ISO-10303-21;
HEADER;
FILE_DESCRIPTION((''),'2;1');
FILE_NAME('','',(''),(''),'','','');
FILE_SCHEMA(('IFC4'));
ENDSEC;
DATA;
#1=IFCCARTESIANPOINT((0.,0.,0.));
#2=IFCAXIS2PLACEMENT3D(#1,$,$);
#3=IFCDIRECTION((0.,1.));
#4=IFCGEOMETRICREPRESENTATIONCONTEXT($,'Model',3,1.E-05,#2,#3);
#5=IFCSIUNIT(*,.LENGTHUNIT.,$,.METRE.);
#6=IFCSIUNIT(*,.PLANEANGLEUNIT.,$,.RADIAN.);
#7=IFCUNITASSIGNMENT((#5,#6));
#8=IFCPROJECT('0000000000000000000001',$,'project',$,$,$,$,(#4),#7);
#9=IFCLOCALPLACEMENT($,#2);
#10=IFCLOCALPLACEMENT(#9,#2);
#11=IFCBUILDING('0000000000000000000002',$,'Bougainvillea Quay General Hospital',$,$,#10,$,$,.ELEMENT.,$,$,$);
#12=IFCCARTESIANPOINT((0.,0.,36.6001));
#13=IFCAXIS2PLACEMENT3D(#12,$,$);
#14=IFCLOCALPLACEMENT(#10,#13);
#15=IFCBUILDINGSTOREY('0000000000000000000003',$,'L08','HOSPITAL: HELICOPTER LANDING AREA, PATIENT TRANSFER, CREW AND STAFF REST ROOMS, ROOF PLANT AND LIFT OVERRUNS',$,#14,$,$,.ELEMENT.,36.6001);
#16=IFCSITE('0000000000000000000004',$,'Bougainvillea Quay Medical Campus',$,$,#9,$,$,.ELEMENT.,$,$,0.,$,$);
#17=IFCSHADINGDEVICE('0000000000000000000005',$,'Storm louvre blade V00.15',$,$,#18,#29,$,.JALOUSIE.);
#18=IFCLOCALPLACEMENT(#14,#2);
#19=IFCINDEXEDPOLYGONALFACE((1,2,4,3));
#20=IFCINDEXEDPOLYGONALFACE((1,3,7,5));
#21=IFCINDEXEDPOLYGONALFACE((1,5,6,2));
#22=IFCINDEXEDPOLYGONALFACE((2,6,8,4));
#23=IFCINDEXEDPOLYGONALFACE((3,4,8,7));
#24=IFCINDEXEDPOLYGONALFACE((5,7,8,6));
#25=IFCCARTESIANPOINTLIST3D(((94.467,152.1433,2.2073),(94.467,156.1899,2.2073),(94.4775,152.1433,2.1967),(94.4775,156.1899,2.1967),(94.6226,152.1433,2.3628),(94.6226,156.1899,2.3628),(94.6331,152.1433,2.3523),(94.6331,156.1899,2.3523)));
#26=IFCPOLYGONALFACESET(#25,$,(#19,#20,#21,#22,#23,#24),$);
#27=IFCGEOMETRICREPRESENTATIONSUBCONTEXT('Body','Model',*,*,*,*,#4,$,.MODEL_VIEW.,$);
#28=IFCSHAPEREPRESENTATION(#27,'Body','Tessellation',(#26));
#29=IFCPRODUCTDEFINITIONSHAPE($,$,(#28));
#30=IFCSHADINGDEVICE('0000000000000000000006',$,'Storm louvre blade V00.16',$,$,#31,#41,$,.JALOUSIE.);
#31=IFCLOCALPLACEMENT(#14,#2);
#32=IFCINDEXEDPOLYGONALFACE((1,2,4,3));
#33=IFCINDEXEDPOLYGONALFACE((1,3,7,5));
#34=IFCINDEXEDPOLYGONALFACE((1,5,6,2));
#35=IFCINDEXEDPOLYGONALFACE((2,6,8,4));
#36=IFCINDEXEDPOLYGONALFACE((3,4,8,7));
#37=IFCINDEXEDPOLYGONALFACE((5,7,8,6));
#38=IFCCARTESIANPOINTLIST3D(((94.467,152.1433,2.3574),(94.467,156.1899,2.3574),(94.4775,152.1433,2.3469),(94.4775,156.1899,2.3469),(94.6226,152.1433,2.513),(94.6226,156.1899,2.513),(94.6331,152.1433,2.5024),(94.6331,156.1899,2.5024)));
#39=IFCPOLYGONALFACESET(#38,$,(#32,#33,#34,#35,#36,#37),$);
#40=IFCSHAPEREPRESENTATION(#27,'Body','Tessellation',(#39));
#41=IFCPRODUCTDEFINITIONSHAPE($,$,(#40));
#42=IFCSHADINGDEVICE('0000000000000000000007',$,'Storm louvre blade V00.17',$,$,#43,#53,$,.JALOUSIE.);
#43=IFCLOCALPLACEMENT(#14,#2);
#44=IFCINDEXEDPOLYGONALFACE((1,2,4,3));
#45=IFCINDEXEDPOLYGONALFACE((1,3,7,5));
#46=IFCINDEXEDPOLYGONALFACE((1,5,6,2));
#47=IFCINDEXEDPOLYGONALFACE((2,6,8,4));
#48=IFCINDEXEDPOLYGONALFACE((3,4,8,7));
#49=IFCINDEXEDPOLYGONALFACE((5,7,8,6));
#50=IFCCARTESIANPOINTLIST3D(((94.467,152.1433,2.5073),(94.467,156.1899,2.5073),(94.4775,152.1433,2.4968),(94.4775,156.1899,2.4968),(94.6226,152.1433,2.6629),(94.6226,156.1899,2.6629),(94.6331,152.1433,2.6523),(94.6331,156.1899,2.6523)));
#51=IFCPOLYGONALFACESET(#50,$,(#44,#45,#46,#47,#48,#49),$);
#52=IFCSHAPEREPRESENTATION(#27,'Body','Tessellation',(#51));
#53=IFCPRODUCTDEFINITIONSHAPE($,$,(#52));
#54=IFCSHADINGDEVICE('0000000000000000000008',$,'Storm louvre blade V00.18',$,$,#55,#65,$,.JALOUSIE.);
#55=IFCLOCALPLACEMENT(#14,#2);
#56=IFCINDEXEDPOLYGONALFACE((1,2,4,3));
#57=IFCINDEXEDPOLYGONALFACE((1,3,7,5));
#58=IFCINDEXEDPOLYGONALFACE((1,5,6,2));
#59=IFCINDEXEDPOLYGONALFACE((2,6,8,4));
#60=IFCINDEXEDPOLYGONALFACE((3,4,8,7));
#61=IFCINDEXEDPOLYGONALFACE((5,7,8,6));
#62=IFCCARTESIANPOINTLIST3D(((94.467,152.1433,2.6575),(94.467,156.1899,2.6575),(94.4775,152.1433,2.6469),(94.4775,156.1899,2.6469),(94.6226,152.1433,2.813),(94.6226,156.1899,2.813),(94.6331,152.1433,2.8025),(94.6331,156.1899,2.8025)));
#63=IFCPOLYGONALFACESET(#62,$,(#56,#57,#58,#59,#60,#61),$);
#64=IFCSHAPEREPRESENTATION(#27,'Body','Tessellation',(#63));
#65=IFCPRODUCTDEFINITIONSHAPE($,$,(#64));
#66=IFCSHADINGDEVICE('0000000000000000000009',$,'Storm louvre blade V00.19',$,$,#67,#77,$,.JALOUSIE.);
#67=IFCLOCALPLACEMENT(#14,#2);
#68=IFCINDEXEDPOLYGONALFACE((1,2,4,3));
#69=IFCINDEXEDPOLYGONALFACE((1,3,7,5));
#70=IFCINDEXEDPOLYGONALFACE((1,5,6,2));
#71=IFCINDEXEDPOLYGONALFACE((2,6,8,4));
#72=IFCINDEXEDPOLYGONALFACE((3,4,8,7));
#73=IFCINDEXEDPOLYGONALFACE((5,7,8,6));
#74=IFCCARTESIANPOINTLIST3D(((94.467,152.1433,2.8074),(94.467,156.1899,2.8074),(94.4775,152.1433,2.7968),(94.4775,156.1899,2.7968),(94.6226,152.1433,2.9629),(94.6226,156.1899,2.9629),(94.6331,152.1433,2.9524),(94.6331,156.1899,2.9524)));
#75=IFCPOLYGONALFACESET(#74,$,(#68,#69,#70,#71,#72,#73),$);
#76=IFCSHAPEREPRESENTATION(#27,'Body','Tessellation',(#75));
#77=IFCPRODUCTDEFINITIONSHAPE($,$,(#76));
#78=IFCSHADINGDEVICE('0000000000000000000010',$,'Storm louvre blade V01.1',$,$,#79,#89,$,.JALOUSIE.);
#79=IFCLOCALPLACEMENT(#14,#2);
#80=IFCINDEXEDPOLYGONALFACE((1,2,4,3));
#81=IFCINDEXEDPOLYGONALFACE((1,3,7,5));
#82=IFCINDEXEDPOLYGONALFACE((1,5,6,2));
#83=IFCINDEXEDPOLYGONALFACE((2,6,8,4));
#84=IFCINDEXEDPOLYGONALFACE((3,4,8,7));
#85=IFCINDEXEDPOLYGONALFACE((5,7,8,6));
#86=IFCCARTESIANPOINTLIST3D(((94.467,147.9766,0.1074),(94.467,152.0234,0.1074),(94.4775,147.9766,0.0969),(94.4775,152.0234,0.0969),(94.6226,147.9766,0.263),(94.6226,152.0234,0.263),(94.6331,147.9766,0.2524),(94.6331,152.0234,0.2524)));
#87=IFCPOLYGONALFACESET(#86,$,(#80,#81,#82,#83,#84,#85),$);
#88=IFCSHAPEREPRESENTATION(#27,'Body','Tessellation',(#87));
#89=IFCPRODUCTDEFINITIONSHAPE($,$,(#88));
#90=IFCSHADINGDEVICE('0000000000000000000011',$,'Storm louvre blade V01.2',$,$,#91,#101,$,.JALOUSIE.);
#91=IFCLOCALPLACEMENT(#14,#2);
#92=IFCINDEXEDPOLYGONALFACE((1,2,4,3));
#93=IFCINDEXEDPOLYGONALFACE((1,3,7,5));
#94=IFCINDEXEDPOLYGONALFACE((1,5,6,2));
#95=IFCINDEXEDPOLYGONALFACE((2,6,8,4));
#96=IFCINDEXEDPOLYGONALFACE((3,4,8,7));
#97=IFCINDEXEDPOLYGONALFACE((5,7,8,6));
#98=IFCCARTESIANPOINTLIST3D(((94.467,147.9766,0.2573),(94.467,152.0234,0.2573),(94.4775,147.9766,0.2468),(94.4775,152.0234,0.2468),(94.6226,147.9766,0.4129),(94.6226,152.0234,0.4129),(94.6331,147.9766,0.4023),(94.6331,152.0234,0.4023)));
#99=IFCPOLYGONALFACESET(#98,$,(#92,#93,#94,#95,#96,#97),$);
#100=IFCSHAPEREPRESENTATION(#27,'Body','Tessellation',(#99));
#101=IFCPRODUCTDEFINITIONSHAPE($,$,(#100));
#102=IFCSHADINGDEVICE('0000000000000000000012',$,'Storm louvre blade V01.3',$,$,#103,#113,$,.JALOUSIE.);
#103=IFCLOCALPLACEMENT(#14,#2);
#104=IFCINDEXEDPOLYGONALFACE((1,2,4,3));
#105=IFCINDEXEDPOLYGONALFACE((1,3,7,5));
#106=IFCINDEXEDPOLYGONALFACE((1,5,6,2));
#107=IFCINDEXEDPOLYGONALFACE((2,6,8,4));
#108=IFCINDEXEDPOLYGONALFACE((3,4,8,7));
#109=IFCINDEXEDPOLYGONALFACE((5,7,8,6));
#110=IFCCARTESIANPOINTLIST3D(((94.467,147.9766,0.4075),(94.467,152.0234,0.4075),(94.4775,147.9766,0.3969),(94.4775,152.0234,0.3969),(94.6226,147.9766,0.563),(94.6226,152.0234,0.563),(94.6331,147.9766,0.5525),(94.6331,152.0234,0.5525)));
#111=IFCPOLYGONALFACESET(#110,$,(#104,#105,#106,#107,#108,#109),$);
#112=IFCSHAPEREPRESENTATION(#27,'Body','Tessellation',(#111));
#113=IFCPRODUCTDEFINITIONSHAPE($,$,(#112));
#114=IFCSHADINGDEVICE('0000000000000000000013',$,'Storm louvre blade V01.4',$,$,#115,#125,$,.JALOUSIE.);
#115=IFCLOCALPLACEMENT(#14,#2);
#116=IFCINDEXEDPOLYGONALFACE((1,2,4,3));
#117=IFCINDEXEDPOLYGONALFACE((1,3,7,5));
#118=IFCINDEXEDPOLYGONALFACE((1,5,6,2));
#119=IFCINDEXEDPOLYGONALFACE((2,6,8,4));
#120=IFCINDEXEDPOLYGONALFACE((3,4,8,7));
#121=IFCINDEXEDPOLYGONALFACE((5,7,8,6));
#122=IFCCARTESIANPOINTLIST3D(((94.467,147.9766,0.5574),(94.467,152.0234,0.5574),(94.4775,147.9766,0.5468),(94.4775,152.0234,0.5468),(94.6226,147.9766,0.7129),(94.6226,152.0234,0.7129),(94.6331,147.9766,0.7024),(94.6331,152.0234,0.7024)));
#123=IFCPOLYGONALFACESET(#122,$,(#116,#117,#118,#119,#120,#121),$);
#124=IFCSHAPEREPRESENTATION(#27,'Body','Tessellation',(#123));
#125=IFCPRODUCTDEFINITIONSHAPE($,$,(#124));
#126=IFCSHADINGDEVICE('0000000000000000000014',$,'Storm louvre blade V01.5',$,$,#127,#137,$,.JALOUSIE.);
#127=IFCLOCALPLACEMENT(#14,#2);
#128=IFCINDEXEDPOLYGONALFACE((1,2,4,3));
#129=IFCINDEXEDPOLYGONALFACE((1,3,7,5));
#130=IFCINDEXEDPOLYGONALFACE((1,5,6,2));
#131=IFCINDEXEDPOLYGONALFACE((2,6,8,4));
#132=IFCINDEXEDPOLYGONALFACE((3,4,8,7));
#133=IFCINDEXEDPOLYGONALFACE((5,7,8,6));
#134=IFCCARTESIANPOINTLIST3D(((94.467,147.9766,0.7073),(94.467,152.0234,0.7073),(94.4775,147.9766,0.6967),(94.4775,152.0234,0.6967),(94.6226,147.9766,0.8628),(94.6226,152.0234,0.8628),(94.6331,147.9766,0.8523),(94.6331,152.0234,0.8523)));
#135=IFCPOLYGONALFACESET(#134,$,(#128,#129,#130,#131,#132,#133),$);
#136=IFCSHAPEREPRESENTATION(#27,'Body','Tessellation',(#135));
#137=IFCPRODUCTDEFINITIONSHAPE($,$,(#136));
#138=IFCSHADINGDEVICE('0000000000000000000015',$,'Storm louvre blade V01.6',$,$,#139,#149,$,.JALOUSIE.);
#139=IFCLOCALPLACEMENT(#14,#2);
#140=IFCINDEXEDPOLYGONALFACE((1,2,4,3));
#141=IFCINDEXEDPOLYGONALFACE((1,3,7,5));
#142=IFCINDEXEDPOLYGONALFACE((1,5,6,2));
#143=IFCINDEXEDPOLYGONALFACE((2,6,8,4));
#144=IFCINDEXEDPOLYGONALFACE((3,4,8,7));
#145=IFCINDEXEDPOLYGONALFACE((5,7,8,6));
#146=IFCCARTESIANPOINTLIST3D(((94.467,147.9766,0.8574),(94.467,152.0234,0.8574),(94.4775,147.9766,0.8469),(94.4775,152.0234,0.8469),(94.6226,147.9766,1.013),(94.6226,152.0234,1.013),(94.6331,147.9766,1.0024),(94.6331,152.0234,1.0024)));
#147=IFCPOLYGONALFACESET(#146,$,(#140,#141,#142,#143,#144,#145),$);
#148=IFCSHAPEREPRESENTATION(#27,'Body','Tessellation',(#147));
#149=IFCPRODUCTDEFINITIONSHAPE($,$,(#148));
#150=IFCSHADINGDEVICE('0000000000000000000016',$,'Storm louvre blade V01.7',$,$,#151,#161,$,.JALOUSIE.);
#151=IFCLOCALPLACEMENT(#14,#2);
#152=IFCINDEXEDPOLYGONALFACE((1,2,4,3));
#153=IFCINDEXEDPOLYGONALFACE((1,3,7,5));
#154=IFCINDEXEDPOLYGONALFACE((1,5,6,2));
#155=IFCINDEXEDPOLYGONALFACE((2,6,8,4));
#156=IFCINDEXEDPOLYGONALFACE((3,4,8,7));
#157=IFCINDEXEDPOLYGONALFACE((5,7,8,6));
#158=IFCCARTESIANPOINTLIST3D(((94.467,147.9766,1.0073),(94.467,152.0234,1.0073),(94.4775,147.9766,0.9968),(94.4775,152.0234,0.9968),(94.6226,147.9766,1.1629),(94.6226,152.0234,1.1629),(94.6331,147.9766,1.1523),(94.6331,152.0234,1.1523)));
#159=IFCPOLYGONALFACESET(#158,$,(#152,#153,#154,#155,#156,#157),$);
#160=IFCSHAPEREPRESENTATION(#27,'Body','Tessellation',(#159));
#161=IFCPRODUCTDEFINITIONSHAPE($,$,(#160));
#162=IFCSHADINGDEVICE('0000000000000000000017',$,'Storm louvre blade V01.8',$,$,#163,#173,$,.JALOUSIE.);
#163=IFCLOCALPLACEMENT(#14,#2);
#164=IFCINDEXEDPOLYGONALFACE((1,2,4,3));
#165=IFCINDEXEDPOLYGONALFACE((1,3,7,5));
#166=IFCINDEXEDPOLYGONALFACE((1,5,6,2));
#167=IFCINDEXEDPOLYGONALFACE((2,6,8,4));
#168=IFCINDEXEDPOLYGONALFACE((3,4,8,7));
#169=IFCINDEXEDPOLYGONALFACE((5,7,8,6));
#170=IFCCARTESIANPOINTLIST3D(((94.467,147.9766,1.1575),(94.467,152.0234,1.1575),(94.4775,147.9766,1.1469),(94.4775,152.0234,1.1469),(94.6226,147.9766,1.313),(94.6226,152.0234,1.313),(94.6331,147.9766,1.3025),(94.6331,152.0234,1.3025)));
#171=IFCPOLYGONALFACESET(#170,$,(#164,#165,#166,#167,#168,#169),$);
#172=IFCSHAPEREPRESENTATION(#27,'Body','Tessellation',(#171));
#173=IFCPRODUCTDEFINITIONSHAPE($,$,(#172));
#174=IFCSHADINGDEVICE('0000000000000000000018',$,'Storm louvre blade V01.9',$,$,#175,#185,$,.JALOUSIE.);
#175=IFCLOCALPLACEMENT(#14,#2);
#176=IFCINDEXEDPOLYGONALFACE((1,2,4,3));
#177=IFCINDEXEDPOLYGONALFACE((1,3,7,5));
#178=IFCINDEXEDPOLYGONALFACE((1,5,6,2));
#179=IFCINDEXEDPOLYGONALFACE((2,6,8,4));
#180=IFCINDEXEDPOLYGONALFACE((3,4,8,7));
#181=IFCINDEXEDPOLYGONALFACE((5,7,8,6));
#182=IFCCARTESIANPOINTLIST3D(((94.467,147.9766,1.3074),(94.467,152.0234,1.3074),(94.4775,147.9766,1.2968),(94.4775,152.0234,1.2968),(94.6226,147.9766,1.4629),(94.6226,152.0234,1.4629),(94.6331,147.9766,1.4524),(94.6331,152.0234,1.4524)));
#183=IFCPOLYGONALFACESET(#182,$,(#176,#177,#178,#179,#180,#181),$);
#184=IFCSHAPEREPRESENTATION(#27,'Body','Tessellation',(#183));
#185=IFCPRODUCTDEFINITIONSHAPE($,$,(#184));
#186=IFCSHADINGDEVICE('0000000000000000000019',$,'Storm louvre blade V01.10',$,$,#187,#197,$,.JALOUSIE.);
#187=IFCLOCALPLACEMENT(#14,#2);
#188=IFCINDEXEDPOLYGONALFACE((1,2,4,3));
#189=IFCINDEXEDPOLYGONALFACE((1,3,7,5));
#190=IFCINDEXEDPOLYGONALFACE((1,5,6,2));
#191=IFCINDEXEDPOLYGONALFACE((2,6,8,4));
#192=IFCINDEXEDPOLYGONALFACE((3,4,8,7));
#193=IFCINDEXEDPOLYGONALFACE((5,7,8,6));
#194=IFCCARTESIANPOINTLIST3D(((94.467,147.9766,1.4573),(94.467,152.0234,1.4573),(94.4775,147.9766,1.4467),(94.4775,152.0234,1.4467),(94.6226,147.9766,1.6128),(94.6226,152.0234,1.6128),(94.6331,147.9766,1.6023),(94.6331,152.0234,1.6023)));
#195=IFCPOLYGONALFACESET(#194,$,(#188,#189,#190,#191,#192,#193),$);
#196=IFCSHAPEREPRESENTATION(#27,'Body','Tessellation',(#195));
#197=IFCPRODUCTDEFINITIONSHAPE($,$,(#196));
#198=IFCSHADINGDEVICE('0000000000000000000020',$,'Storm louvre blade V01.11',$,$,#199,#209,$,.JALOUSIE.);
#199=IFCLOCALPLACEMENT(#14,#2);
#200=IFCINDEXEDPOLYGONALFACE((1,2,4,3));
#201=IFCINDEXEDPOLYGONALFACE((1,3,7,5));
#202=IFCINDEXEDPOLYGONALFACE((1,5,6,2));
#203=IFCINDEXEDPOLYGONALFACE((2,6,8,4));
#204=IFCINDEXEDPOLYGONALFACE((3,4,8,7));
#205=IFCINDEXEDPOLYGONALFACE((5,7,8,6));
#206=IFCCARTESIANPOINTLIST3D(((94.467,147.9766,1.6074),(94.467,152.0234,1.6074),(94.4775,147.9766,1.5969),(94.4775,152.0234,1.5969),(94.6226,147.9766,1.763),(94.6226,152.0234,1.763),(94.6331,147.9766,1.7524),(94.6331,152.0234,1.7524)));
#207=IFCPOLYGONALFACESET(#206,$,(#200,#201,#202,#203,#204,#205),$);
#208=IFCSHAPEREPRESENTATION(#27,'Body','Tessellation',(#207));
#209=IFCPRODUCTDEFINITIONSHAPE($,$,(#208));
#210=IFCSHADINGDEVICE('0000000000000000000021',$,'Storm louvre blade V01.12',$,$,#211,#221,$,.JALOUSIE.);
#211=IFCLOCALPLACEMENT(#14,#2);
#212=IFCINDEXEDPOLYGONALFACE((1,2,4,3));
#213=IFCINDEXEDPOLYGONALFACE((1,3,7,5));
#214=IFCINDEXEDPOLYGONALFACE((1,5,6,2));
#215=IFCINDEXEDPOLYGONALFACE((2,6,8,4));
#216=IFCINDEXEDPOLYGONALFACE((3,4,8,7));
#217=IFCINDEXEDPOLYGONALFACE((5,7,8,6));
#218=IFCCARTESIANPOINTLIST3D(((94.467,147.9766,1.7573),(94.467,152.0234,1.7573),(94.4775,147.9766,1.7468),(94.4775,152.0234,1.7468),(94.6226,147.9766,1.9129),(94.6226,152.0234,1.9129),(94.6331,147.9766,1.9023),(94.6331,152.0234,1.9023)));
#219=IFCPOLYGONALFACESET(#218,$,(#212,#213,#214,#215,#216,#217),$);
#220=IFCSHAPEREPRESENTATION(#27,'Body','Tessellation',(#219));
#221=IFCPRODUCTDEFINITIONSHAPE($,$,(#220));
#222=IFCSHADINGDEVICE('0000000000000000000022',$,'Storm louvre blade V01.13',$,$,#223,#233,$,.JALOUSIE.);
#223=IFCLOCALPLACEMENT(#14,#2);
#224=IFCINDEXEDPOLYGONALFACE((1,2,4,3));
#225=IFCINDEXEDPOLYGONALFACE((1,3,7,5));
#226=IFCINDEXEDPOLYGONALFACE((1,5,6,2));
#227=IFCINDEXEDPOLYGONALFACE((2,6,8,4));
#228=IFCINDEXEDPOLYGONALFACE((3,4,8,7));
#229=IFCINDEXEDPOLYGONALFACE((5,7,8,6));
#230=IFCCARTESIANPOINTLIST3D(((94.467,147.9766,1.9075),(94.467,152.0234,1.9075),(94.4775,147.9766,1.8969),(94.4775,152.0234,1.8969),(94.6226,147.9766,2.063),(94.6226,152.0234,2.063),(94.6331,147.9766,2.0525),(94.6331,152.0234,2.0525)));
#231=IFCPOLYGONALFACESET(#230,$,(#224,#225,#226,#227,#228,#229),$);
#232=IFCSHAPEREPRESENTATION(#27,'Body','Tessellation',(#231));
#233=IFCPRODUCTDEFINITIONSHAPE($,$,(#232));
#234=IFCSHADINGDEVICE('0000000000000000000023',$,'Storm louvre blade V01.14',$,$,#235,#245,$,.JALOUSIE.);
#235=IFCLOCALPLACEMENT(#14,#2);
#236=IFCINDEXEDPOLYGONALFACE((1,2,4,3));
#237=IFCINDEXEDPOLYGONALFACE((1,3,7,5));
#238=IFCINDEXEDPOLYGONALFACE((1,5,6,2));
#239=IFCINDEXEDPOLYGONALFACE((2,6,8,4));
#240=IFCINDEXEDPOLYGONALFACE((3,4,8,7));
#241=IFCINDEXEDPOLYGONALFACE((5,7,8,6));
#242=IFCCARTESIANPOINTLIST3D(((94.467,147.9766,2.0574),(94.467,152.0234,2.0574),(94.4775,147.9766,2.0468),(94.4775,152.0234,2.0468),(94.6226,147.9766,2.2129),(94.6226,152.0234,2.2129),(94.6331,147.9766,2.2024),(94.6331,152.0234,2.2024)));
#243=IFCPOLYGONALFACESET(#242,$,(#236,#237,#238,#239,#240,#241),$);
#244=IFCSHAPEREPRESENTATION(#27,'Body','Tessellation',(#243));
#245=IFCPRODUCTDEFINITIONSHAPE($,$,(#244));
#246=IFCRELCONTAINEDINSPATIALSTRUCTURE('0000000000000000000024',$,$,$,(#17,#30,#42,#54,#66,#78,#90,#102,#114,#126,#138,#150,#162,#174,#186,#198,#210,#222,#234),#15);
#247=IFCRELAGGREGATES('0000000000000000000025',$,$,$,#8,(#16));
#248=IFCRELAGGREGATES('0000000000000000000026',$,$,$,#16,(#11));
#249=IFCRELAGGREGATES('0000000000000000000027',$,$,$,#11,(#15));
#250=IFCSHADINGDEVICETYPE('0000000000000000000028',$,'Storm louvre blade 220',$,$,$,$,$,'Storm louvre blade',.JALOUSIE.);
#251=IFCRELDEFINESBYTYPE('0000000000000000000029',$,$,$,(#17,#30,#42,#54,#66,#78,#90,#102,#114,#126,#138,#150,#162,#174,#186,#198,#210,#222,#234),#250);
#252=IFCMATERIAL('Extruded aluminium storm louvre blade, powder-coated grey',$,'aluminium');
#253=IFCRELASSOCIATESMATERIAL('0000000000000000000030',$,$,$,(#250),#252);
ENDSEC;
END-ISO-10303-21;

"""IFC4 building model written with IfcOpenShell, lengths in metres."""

from ifc_helpers import new_model, si_unit, direction, frame, origin, origin_2d, place, context, subcontext, project, spatial, rectangle, extrude, material, material_profile, profile_set, type_object, element, save


model = new_model("IFC4")

# Units and contexts
model_context = context("Model", 3, precision=1e-05, world=origin(), true_north=direction((0.0, 1.0)))
body_context = subcontext(model_context, "Body", "Model", "MODEL_VIEW")
ifc_project = project(units=[si_unit("LENGTHUNIT", "METRE"), si_unit("PLANEANGLEUNIT", "RADIAN")], contexts=[model_context])

# Site, building, storey
site_placement = place(None, origin())
site = spatial("IfcSite", under=ifc_project, at=site_placement, Name="Bougainvillea Quay Medical Campus", CompositionType="ELEMENT", RefElevation=0.0)
building_placement = place(site_placement, origin())
building = spatial("IfcBuilding", under=site, at=building_placement, Name="Bougainvillea Quay General Hospital", CompositionType="ELEMENT")
storey_placement = place(building_placement, frame((0.0, 0.0, 36.6001)))
storey = spatial("IfcBuildingStorey", under=building, at=storey_placement, Name="L08", Description="HOSPITAL: HELICOPTER LANDING AREA, PATIENT TRANSFER, CREW AND STAFF REST ROOMS, ROOF PLANT AND LIFT OVERRUNS", CompositionType="ELEMENT", Elevation=36.6001)

# Shading devices
ifc_material_1 = material(Name="Extruded aluminium storm louvre blade, powder-coated grey", Category="aluminium")
ifc_material_profile_1 = material_profile(ifc_material_1, rectangle(XDim=0.22, YDim=0.0149, at=origin_2d()))
ifc_profile_set_1 = profile_set([ifc_material_profile_1], Name="Extruded aluminium storm louvre blade, powder-coated grey")
shading_device_type_1 = type_object("IfcShadingDeviceType", Name="Storm louvre blade 220", ElementType="Storm louvre blade", PredefinedType="JALOUSIE", material=ifc_profile_set_1)
for number, where, z_axis, x_axis, name in (
    (1, (94.55, 156.1899, 2.2798), (0.0, -1.0, 0.0), (0.707107, 0.0, 0.707107), "Storm louvre blade V00.15"),
    (2, (94.55, 156.1899, 2.4299), (0.0, -1.0, 0.0), (0.707107, 0.0, 0.707107), "Storm louvre blade V00.16"),
    (3, (94.55, 156.1899, 2.5798), (0.0, -1.0, 0.0), (0.707107, 0.0, 0.707107), "Storm louvre blade V00.17"),
    (4, (94.55, 156.1899, 2.73), (0.0, -1.0, 0.0), (0.707107, 0.0, 0.707107), "Storm louvre blade V00.18"),
    (5, (94.55, 156.1899, 2.8799), (0.0, -1.0, 0.0), (0.707107, 0.0, 0.707107), "Storm louvre blade V00.19"),
):
    element("IfcShadingDevice", number, at=place(storey_placement, frame(where, z_axis=z_axis, x_axis=x_axis)), inside=storey, type_object=shading_device_type_1, Name=name, PredefinedType="JALOUSIE", context=body_context, shape_type="SweptSolid", body=[
        extrude(rectangle(XDim=0.22, YDim=0.0149, at=origin_2d()), origin(), (0.0, 0.0, 1.0), 4.0466),
    ])
for number, where, z_axis, x_axis, name in (
    (6, (94.55, 152.0234, 0.1799), (0.0, -1.0, 0.0), (0.707107, 0.0, 0.707107), "Storm louvre blade V01.1"),
    (7, (94.55, 152.0234, 0.3298), (0.0, -1.0, 0.0), (0.707107, 0.0, 0.707107), "Storm louvre blade V01.2"),
    (8, (94.55, 152.0234, 0.48), (0.0, -1.0, 0.0), (0.707107, 0.0, 0.707107), "Storm louvre blade V01.3"),
    (9, (94.55, 152.0234, 0.6299), (0.0, -1.0, 0.0), (0.707107, 0.0, 0.707107), "Storm louvre blade V01.4"),
    (10, (94.55, 152.0234, 0.7798), (0.0, -1.0, 0.0), (0.707107, 0.0, 0.707107), "Storm louvre blade V01.5"),
    (11, (94.55, 152.0234, 0.9299), (0.0, -1.0, 0.0), (0.707107, 0.0, 0.707107), "Storm louvre blade V01.6"),
    (12, (94.55, 152.0234, 1.0798), (0.0, -1.0, 0.0), (0.707107, 0.0, 0.707107), "Storm louvre blade V01.7"),
    (13, (94.55, 152.0234, 1.23), (0.0, -1.0, 0.0), (0.707107, 0.0, 0.707107), "Storm louvre blade V01.8"),
    (14, (94.55, 152.0234, 1.3799), (0.0, -1.0, 0.0), (0.707107, 0.0, 0.707107), "Storm louvre blade V01.9"),
    (15, (94.55, 152.0234, 1.5298), (0.0, -1.0, 0.0), (0.707107, 0.0, 0.707107), "Storm louvre blade V01.10"),
    (16, (94.55, 152.0234, 1.6799), (0.0, -1.0, 0.0), (0.707107, 0.0, 0.707107), "Storm louvre blade V01.11"),
    (17, (94.55, 152.0234, 1.8298), (0.0, -1.0, 0.0), (0.707107, 0.0, 0.707107), "Storm louvre blade V01.12"),
    (18, (94.55, 152.0234, 1.98), (0.0, -1.0, 0.0), (0.707107, 0.0, 0.707107), "Storm louvre blade V01.13"),
    (19, (94.55, 152.0234, 2.1299), (0.0, -1.0, 0.0), (0.707107, 0.0, 0.707107), "Storm louvre blade V01.14"),
):
    element("IfcShadingDevice", number, at=place(storey_placement, frame(where, z_axis=z_axis, x_axis=x_axis)), inside=storey, type_object=shading_device_type_1, Name=name, PredefinedType="JALOUSIE", context=body_context, shape_type="SweptSolid", body=[
        extrude(rectangle(XDim=0.22, YDim=0.0149, at=origin_2d()), origin(), (0.0, 0.0, 1.0), 4.0469),
    ])

save(model, "model.ifc")
